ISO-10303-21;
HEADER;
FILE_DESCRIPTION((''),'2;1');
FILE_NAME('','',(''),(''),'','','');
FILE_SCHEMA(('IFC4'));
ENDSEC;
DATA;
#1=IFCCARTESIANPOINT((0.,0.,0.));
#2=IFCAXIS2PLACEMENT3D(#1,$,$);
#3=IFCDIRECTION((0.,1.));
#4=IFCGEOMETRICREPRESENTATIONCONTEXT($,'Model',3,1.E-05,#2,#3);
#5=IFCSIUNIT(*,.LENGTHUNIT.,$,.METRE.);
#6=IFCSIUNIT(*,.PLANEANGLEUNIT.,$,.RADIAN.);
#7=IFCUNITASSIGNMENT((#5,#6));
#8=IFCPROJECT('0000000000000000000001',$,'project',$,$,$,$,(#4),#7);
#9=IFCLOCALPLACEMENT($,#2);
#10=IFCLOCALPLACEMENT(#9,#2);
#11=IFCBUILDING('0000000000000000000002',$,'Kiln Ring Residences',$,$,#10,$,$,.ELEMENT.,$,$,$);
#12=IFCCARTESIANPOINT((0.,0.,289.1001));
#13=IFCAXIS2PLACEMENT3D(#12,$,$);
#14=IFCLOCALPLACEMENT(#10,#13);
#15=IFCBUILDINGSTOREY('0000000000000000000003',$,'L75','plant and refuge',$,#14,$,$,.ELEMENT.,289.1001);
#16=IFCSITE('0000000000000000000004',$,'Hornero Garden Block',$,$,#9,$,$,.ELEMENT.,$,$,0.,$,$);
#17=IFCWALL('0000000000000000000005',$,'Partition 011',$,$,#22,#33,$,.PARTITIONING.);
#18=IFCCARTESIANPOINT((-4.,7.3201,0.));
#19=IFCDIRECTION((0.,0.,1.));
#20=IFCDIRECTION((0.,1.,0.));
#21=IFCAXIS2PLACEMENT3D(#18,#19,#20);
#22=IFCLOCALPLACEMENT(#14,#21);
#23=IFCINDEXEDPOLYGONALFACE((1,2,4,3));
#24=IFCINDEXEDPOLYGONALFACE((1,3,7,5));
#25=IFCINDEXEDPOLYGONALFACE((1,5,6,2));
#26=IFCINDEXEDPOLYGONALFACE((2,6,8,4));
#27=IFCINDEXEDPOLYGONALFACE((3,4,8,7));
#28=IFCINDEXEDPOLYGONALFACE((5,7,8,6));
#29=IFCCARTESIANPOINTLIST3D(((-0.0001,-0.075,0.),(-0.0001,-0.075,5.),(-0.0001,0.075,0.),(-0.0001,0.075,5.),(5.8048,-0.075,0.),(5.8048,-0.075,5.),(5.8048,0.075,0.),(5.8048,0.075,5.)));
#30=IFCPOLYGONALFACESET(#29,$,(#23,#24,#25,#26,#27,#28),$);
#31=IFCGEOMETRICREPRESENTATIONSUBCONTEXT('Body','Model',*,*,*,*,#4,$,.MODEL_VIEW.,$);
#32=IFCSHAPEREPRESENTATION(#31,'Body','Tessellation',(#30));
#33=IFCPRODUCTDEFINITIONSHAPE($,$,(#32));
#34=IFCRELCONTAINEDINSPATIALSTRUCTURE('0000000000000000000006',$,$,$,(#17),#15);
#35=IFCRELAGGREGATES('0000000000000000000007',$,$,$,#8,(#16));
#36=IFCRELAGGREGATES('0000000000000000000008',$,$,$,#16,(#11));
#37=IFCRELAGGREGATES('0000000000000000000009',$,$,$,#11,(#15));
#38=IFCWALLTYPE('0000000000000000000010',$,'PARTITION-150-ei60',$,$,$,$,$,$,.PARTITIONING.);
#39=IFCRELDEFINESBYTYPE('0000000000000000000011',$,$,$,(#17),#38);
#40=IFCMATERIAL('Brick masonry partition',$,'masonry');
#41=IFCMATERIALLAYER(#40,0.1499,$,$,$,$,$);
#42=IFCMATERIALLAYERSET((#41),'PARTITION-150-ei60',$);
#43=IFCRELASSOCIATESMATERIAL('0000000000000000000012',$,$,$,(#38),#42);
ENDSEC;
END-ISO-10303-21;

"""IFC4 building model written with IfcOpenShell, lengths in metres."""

from ifc_helpers import new_model, si_unit, direction, frame, frame_2d, origin, place, context, subcontext, project, spatial, rectangle, extrude, material, layer, layer_set, type_object, element, save


model = new_model("IFC4")

# Units and contexts
model_context = context("Model", 3, precision=1e-05, world=origin(), true_north=direction((0.0, 1.0)))
body_context = subcontext(model_context, "Body", "Model", "MODEL_VIEW")
ifc_project = project(units=[si_unit("LENGTHUNIT", "METRE"), si_unit("PLANEANGLEUNIT", "RADIAN")], contexts=[model_context])

# Site, building, storey
site_placement = place(None, origin())
site = spatial("IfcSite", under=ifc_project, at=site_placement, Name="Hornero Garden Block", CompositionType="ELEMENT", RefElevation=0.0)
building_placement = place(site_placement, origin())
building = spatial("IfcBuilding", under=site, at=building_placement, Name="Kiln Ring Residences", CompositionType="ELEMENT")
storey_placement = place(building_placement, frame((0.0, 0.0, 289.1001)))
storey = spatial("IfcBuildingStorey", under=building, at=storey_placement, Name="L75", Description="plant and refuge", CompositionType="ELEMENT", Elevation=289.1001)

# Shared definitions
ifc_material_1 = material(Name="Brick masonry partition", Category="masonry")
ifc_layer_1 = layer(ifc_material_1, 0.1499)
ifc_layer_set_1 = layer_set([ifc_layer_1], Name="PARTITION-150-ei60")
wall_type_1 = type_object("IfcWallType", Name="PARTITION-150-ei60", PredefinedType="PARTITIONING", material=ifc_layer_set_1)

# Wall
wall_1_placement = place(storey_placement, frame((-4.0, 7.3201, 0.0), z_axis=(0.0, 0.0, 1.0), x_axis=(0.0, 1.0, 0.0)))
element("IfcWall", 1, at=wall_1_placement, inside=storey, type_object=wall_type_1, Name="Partition 011", PredefinedType="PARTITIONING", context=body_context, shape_type="SweptSolid", body=[
    extrude(rectangle(XDim=5.8049, YDim=0.1499, at=frame_2d((2.9023, 0.0))), origin(), (0.0, 0.0, 1.0), 5.0),
])

save(model, "model.ifc")
